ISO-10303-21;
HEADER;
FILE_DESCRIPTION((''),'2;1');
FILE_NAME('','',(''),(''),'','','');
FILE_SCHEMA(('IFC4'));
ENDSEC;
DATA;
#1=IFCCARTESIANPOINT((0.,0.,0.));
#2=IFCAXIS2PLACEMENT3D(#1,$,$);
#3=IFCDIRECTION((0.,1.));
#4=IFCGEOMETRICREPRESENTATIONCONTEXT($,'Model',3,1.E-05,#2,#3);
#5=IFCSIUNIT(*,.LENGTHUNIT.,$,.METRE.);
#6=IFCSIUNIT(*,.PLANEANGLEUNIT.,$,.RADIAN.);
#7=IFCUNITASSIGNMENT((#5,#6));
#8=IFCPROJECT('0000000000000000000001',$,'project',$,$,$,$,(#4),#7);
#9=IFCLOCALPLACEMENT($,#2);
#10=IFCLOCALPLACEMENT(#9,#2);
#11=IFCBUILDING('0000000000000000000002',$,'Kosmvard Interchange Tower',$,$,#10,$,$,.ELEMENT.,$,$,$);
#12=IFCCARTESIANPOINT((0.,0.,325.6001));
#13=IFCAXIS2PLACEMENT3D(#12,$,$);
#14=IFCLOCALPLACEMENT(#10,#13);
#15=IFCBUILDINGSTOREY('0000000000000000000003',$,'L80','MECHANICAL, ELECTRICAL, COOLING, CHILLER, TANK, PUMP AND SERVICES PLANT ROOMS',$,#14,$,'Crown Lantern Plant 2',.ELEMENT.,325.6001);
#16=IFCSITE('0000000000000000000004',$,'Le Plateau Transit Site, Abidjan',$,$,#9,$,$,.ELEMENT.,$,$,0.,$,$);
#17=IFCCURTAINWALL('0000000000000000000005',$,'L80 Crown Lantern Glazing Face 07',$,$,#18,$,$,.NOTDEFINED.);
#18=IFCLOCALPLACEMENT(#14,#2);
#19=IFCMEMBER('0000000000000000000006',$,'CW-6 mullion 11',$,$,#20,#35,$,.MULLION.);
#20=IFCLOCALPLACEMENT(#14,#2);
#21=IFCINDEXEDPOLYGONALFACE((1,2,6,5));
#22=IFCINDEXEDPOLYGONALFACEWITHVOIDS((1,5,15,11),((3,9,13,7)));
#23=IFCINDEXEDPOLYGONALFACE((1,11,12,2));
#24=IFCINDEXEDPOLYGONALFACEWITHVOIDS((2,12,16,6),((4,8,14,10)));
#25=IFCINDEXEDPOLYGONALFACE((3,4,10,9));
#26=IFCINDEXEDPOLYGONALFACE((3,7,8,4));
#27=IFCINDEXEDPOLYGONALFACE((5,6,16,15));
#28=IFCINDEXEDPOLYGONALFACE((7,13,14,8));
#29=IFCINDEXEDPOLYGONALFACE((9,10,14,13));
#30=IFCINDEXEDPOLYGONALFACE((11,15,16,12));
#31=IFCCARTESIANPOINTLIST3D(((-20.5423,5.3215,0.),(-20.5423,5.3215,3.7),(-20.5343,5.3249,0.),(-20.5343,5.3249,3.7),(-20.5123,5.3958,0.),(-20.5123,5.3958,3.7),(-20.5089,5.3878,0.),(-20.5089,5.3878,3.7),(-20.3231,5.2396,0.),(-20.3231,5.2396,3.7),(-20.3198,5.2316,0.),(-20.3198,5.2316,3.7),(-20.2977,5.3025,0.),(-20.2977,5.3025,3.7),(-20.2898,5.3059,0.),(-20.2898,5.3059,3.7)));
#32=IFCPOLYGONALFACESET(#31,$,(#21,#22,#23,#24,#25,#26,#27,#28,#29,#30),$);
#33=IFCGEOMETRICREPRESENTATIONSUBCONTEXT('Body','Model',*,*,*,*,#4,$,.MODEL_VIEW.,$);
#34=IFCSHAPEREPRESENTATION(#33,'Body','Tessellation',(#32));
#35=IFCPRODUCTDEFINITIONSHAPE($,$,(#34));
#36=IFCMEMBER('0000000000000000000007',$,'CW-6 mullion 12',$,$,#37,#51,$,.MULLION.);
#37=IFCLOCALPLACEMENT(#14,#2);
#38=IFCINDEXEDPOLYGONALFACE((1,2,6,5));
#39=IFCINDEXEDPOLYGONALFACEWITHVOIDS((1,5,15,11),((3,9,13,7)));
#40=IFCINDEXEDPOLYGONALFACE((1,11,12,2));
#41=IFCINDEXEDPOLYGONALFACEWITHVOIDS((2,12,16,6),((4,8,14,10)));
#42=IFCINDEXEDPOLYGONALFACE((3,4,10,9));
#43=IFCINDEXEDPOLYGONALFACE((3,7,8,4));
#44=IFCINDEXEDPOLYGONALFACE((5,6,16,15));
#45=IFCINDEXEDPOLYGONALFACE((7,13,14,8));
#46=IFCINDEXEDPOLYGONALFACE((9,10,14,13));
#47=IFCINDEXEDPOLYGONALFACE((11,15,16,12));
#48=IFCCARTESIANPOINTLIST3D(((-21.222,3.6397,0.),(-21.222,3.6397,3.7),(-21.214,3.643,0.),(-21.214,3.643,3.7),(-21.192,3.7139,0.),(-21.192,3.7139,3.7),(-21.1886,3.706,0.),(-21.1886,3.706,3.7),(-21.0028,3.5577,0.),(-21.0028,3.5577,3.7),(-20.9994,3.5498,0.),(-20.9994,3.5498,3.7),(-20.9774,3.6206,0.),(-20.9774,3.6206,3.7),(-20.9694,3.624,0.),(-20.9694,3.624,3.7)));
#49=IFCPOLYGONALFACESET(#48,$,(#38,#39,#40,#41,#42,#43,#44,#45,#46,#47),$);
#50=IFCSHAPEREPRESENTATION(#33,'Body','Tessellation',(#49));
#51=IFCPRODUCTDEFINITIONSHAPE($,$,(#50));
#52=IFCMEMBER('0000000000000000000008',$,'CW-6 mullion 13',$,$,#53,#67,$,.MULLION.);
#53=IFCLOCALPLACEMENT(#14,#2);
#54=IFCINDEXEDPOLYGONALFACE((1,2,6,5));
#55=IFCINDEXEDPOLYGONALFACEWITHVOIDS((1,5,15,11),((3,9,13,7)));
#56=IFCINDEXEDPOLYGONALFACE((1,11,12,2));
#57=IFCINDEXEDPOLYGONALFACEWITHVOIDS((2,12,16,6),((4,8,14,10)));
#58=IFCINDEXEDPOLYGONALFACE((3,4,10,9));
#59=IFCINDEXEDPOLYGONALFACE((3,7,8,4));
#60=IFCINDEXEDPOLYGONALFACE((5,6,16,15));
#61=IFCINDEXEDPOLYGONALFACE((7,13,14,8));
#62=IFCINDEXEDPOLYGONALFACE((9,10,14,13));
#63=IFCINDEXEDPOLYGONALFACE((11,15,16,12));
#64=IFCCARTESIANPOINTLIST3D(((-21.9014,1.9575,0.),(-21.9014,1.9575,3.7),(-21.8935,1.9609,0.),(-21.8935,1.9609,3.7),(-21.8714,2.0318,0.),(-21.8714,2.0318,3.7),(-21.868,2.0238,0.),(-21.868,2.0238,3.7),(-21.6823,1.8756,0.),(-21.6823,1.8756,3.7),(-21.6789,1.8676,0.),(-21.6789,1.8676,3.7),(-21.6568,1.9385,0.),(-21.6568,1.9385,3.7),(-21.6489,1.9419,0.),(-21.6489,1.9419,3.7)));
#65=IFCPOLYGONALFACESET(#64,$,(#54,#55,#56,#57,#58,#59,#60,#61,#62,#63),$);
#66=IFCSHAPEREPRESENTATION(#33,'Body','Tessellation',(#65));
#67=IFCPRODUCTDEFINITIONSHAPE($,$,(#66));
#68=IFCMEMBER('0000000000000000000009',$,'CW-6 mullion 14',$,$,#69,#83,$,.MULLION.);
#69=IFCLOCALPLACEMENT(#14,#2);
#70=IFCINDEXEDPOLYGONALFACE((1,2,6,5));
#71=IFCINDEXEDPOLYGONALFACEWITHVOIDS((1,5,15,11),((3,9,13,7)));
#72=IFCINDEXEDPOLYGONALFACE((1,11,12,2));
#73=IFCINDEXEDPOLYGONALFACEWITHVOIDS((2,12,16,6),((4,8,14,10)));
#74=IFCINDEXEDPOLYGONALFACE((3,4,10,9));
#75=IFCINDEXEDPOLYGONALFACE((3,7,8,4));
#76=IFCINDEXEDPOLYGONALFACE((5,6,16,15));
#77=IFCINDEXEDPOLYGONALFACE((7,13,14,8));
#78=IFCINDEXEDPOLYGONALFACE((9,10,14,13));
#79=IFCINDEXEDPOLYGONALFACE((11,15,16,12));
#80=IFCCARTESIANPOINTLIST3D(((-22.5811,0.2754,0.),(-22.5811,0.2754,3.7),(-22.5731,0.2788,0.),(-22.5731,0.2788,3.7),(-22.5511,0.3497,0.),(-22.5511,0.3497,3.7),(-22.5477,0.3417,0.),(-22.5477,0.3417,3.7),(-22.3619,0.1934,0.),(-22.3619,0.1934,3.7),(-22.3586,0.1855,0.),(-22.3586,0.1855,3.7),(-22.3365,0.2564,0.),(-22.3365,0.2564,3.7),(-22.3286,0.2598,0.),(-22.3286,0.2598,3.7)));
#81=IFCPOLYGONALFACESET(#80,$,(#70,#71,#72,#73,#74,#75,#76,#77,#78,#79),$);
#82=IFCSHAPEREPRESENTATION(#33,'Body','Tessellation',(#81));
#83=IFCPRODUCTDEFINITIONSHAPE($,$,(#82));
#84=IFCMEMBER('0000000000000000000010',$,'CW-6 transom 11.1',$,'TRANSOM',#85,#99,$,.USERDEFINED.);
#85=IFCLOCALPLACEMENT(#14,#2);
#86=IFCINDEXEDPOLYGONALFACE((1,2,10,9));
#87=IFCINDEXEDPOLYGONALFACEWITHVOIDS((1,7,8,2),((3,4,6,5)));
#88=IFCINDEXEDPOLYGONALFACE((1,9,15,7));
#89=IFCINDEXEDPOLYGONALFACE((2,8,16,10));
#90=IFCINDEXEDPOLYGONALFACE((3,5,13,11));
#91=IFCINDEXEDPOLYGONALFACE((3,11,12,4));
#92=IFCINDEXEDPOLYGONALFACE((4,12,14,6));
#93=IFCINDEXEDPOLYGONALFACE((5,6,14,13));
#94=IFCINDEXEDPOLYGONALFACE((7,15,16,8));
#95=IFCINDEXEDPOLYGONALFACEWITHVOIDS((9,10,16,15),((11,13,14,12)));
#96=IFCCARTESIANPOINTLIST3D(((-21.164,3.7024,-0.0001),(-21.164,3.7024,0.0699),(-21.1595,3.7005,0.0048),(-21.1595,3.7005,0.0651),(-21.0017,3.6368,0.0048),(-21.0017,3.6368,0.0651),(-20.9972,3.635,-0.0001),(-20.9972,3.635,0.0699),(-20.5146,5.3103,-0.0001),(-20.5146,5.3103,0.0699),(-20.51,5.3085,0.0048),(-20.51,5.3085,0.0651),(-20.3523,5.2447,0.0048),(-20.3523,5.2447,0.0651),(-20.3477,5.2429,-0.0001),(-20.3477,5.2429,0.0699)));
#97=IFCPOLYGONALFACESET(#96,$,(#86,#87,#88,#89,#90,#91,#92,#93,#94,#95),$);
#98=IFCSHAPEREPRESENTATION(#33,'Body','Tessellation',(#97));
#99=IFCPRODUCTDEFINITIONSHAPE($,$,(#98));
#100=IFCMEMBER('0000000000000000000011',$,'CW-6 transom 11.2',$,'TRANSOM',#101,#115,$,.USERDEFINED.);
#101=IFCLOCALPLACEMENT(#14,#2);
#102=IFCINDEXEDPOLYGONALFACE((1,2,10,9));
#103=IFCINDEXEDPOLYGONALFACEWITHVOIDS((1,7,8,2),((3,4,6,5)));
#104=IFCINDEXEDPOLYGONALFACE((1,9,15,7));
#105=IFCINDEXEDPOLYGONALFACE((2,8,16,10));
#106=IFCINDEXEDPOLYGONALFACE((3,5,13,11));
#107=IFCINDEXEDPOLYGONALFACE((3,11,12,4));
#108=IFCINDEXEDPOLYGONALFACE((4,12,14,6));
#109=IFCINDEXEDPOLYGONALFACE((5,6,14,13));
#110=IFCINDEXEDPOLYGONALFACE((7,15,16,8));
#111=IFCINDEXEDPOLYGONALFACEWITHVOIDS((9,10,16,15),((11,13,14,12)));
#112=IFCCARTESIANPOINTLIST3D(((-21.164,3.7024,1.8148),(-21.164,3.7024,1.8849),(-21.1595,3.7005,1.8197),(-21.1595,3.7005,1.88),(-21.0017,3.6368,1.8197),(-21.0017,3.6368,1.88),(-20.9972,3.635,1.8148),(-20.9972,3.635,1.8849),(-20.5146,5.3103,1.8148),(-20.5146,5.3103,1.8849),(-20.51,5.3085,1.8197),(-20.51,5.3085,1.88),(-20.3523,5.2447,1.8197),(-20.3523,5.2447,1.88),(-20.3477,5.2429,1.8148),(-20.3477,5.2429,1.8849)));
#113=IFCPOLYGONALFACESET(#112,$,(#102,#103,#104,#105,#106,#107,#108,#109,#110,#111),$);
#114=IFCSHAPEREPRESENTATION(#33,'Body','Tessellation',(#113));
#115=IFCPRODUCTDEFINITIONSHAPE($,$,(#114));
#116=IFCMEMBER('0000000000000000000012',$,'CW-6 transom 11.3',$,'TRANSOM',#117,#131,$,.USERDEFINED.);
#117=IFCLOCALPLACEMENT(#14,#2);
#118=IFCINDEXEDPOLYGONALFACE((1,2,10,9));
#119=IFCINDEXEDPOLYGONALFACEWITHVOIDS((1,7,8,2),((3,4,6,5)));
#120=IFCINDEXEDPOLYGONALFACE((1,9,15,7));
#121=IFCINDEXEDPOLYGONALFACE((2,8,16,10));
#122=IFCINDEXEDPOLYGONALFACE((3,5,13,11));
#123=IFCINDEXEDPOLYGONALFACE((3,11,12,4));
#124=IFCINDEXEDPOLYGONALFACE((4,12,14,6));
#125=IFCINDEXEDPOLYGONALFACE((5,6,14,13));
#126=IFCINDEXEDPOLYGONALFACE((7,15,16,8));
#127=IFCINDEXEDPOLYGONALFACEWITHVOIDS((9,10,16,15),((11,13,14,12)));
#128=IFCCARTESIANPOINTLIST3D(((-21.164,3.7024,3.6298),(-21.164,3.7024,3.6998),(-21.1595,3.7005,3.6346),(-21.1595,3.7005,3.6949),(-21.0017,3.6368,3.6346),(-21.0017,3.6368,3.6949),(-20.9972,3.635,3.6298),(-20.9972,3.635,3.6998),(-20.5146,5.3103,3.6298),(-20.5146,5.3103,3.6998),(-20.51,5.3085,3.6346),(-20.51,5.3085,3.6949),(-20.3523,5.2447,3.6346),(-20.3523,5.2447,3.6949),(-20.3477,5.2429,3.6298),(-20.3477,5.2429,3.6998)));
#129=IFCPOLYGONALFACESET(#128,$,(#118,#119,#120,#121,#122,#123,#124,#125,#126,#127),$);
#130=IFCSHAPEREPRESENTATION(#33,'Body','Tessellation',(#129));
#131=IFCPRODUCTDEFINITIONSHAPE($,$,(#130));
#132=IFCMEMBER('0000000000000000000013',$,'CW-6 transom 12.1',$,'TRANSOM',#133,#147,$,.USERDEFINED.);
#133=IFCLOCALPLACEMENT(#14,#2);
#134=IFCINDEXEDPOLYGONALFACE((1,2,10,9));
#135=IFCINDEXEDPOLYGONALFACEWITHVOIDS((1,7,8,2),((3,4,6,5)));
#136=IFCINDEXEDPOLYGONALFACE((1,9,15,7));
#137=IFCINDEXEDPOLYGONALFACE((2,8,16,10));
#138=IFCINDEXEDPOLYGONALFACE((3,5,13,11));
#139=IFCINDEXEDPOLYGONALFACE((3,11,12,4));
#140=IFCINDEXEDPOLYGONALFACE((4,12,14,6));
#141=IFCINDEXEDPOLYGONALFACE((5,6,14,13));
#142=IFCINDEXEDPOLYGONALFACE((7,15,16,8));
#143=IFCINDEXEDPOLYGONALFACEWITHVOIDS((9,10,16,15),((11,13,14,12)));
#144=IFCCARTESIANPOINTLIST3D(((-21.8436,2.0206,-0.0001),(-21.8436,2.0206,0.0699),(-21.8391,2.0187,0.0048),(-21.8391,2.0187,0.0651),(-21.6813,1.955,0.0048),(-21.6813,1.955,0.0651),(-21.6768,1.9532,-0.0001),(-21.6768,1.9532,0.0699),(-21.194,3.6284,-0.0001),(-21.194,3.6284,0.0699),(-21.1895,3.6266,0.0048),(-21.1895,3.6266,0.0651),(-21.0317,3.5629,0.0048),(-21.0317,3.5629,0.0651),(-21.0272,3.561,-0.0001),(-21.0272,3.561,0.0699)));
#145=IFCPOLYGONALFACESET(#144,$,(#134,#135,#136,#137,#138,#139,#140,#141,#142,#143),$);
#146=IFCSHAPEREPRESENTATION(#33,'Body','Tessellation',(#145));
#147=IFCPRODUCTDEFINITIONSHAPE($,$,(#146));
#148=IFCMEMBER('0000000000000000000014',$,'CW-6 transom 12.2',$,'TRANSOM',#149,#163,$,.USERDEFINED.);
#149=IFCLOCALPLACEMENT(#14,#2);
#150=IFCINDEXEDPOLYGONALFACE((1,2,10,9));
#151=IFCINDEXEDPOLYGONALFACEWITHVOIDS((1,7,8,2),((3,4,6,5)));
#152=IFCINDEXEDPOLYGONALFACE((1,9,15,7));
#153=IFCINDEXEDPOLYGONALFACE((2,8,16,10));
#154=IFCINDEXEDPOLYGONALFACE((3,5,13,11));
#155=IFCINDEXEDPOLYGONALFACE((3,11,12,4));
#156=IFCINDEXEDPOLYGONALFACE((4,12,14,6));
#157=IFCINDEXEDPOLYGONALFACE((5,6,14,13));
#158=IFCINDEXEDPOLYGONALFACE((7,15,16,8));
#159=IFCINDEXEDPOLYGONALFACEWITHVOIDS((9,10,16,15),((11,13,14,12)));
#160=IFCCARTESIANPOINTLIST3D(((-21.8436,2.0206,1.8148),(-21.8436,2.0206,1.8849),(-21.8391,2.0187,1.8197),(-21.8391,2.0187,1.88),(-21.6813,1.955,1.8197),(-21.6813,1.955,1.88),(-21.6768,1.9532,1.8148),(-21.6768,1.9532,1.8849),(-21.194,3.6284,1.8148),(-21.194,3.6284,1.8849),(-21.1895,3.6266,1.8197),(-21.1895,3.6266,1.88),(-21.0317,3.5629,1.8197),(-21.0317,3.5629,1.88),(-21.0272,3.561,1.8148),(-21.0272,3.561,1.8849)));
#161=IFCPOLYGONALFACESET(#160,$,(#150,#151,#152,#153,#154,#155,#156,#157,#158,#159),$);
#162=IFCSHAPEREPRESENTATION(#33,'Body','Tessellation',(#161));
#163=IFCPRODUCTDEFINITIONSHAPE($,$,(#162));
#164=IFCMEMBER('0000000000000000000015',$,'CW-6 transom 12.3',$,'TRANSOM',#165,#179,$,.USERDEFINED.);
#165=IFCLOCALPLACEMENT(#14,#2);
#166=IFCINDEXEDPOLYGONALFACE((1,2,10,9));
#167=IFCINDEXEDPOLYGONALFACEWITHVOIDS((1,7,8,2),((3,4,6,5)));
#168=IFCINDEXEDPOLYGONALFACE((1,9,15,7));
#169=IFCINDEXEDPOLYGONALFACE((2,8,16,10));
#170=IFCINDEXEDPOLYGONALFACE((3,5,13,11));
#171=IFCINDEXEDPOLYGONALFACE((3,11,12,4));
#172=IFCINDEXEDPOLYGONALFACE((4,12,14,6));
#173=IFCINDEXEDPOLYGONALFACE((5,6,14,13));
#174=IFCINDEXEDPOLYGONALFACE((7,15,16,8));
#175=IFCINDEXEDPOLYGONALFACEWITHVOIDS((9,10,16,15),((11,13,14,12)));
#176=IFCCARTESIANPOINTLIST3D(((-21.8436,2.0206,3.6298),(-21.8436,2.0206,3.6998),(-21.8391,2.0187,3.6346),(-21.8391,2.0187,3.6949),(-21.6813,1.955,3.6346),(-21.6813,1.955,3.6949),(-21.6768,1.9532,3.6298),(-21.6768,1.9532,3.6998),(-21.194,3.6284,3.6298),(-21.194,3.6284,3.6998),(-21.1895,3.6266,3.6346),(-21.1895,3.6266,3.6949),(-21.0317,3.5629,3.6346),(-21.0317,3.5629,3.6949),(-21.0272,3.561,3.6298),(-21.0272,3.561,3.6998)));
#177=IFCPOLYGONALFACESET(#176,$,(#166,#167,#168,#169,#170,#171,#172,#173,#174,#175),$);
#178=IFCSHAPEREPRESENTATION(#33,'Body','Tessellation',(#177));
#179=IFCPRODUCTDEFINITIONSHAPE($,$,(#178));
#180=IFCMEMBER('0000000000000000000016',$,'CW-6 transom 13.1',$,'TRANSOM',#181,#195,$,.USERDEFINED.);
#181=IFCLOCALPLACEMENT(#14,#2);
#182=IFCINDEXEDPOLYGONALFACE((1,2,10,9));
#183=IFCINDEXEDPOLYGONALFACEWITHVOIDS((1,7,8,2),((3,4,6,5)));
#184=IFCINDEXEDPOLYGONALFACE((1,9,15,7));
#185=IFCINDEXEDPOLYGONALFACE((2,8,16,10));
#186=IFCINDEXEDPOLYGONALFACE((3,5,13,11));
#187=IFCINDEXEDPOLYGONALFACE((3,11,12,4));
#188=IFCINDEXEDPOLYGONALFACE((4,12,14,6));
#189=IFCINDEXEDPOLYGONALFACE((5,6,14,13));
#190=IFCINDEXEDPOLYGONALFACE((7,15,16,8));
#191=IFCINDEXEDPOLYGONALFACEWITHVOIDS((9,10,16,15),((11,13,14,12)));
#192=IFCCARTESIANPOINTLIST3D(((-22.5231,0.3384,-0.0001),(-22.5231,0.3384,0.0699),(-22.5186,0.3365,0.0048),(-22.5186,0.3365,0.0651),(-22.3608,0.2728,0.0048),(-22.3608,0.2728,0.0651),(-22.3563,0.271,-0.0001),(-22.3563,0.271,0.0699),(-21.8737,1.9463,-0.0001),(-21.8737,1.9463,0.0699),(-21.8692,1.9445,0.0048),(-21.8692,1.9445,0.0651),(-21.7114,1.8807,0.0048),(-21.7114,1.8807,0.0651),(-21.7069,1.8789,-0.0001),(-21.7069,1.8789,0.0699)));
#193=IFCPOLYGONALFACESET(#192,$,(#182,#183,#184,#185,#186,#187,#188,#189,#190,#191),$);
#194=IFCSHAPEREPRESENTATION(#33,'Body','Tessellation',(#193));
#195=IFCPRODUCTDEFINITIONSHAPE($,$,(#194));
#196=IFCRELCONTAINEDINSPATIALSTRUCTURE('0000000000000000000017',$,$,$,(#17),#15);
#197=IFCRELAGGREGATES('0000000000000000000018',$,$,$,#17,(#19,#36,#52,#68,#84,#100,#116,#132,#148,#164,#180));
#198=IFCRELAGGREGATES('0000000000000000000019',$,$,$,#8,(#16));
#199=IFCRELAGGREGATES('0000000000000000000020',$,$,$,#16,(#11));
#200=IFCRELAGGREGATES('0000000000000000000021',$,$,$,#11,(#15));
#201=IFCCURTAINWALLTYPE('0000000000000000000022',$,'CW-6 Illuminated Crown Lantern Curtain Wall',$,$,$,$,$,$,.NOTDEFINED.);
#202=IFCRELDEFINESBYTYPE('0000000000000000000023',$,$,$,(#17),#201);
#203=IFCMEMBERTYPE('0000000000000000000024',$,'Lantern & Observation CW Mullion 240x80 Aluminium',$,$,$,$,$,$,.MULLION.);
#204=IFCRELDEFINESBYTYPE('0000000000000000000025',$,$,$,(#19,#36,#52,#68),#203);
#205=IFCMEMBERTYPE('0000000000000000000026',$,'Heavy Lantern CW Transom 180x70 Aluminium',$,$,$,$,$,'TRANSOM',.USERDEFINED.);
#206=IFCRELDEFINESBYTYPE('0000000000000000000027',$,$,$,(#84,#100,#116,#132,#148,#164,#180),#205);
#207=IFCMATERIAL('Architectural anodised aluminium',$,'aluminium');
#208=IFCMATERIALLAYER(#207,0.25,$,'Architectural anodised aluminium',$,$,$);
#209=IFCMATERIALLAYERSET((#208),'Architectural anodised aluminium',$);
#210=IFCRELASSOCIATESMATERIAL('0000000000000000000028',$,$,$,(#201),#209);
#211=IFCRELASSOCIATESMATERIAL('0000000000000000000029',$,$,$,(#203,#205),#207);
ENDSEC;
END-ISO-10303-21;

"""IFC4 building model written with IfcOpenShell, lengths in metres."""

from ifc_helpers import new_model, si_unit, direction, frame, origin, origin_2d, place, context, subcontext, project, spatial, hollow_rectangle, extrude, source, transform, mapped, material, layer, layer_set, material_profile, profile_set, type_object, element, aggregate, save


model = new_model("IFC4")

# Units and contexts
model_context = context("Model", 3, precision=1e-05, world=origin(), true_north=direction((0.0, 1.0)))
body_context = subcontext(model_context, "Body", "Model", "MODEL_VIEW")
ifc_project = project(units=[si_unit("LENGTHUNIT", "METRE"), si_unit("PLANEANGLEUNIT", "RADIAN")], contexts=[model_context])

# Site, building, storey
site_placement = place(None, origin())
site = spatial("IfcSite", under=ifc_project, at=site_placement, Name="Le Plateau Transit Site, Abidjan", CompositionType="ELEMENT", RefElevation=0.0)
building_placement = place(site_placement, origin())
building = spatial("IfcBuilding", under=site, at=building_placement, Name="Kosmvard Interchange Tower", CompositionType="ELEMENT")
storey_placement = place(building_placement, frame((0.0, 0.0, 325.6001)))
storey = spatial("IfcBuildingStorey", under=building, at=storey_placement, Name="L80", Description="MECHANICAL, ELECTRICAL, COOLING, CHILLER, TANK, PUMP AND SERVICES PLANT ROOMS", LongName="Crown Lantern Plant 2", CompositionType="ELEMENT", Elevation=325.6001)

# Curtain wall, members
ifc_material_1 = material(Name="Architectural anodised aluminium", Category="aluminium")
ifc_layer_1 = layer(ifc_material_1, 0.25, Name="Architectural anodised aluminium")
ifc_layer_set_1 = layer_set([ifc_layer_1], Name="Architectural anodised aluminium")
curtain_wall_type = type_object("IfcCurtainWallType", Name="CW-6 Illuminated Crown Lantern Curtain Wall", PredefinedType="NOTDEFINED", material=ifc_layer_set_1)
curtain_wall_placement = place(storey_placement, origin())
curtain_wall = element("IfcCurtainWall", 1, at=curtain_wall_placement, inside=storey, type_object=curtain_wall_type, Name="L80 Crown Lantern Glazing Face 07", PredefinedType="NOTDEFINED")
ifc_material_profile_1 = material_profile(ifc_material_1, hollow_rectangle(XDim=0.24, YDim=0.0801, WallThickness=0.0061, at=origin_2d()), Name="CWM 240x80x6")
ifc_profile_set_1 = profile_set([ifc_material_profile_1], Name="Architectural anodised aluminium")
member_type_1 = type_object("IfcMemberType", Name="Lantern & Observation CW Mullion 240x80 Aluminium", PredefinedType="MULLION", material=ifc_profile_set_1)
shared_shape_1 = source(origin(), body_context, "Body", "SweptSolid", [
    extrude(hollow_rectangle(XDim=0.24, YDim=0.0801, WallThickness=0.0061, at=origin_2d()), origin(), (0.0, 0.0, 1.0), 3.7),
])
member_1_placement = place(storey_placement, frame((-20.416, 5.3137, 0.0), z_axis=(0.0, 0.0, 1.0), x_axis=(0.927184, -0.374607, 0.0)))
member_1 = element("IfcMember", 2, at=member_1_placement, type_object=member_type_1, Name="CW-6 mullion 11", PredefinedType="MULLION", context=body_context, shape_type="MappedRepresentation", body=[
    mapped(shared_shape_1, transform((0.0, 0.0, 0.0), scale=1.0)),
])
member_2_placement = place(storey_placement, frame((-21.0957, 3.6318, 0.0), z_axis=(0.0, 0.0, 1.0), x_axis=(0.927184, -0.374607, 0.0)))
member_2 = element("IfcMember", 3, at=member_2_placement, type_object=member_type_1, Name="CW-6 mullion 12", PredefinedType="MULLION", context=body_context, shape_type="MappedRepresentation", body=[
    mapped(shared_shape_1, transform((0.0, 0.0, 0.0), scale=1.0)),
])
member_3_placement = place(storey_placement, frame((-21.7751, 1.9497, 0.0), z_axis=(0.0, 0.0, 1.0), x_axis=(0.927184, -0.374607, 0.0)))
member_3 = element("IfcMember", 4, at=member_3_placement, type_object=member_type_1, Name="CW-6 mullion 13", PredefinedType="MULLION", context=body_context, shape_type="MappedRepresentation", body=[
    mapped(shared_shape_1, transform((0.0, 0.0, 0.0), scale=1.0)),
])
member_4_placement = place(storey_placement, frame((-22.4548, 0.2676, 0.0), z_axis=(0.0, 0.0, 1.0), x_axis=(0.927184, -0.374607, 0.0)))
member_4 = element("IfcMember", 5, at=member_4_placement, type_object=member_type_1, Name="CW-6 mullion 14", PredefinedType="MULLION", context=body_context, shape_type="MappedRepresentation", body=[
    mapped(shared_shape_1, transform((0.0, 0.0, 0.0), scale=1.0)),
])
ifc_material_profile_2 = material_profile(ifc_material_1, hollow_rectangle(XDim=0.1799, YDim=0.0701, WallThickness=0.0049, at=origin_2d()), Name="CWT 180x70x5")
ifc_profile_set_2 = profile_set([ifc_material_profile_2], Name="Architectural anodised aluminium")
member_type_2 = type_object("IfcMemberType", Name="Heavy Lantern CW Transom 180x70 Aluminium", ElementType="TRANSOM", PredefinedType="USERDEFINED", material=ifc_profile_set_2)
shared_shape_2 = source(origin(), body_context, "Body", "SweptSolid", [
    extrude(hollow_rectangle(XDim=0.1799, YDim=0.0701, WallThickness=0.0049, at=origin_2d()), origin(), (0.0, 0.0, 1.0), 1.7341),
])
member_5_placement = place(storey_placement, frame((-20.4312, 5.2766, 0.0349), z_axis=(-0.374496, -0.927229, 0.0), x_axis=(0.927229, -0.374496, 0.0)))
member_5 = element("IfcMember", 6, at=member_5_placement, type_object=member_type_2, Name="CW-6 transom 11.1", ObjectType="TRANSOM", PredefinedType="USERDEFINED", context=body_context, shape_type="MappedRepresentation", body=[
    mapped(shared_shape_2, transform((0.0, 0.0, 0.0), scale=1.0)),
])
member_6_placement = place(storey_placement, frame((-20.4312, 5.2766, 1.8499), z_axis=(-0.374496, -0.927229, 0.0), x_axis=(0.927229, -0.374496, 0.0)))
member_6 = element("IfcMember", 7, at=member_6_placement, type_object=member_type_2, Name="CW-6 transom 11.2", ObjectType="TRANSOM", PredefinedType="USERDEFINED", context=body_context, shape_type="MappedRepresentation", body=[
    mapped(shared_shape_2, transform((0.0, 0.0, 0.0), scale=1.0)),
])
member_7_placement = place(storey_placement, frame((-20.4312, 5.2766, 3.6648), z_axis=(-0.374496, -0.927229, 0.0), x_axis=(0.927229, -0.374496, 0.0)))
member_7 = element("IfcMember", 8, at=member_7_placement, type_object=member_type_2, Name="CW-6 transom 11.3", ObjectType="TRANSOM", PredefinedType="USERDEFINED", context=body_context, shape_type="MappedRepresentation", body=[
    mapped(shared_shape_2, transform((0.0, 0.0, 0.0), scale=1.0)),
])
member_8_placement = place(storey_placement, frame((-21.1106, 3.5947, 0.0349), z_axis=(-0.374617, -0.92718, 0.0), x_axis=(0.92718, -0.374617, 0.0)))
member_8 = element("IfcMember", 9, at=member_8_placement, type_object=member_type_2, Name="CW-6 transom 12.1", ObjectType="TRANSOM", PredefinedType="USERDEFINED", context=body_context, shape_type="MappedRepresentation", body=[
    mapped(shared_shape_2, transform((0.0, 0.0, 0.0), scale=1.0)),
])
member_9_placement = place(storey_placement, frame((-21.1106, 3.5947, 1.8499), z_axis=(-0.374617, -0.92718, 0.0), x_axis=(0.92718, -0.374617, 0.0)))
member_9 = element("IfcMember", 10, at=member_9_placement, type_object=member_type_2, Name="CW-6 transom 12.2", ObjectType="TRANSOM", PredefinedType="USERDEFINED", context=body_context, shape_type="MappedRepresentation", body=[
    mapped(shared_shape_2, transform((0.0, 0.0, 0.0), scale=1.0)),
])
member_10_placement = place(storey_placement, frame((-21.1106, 3.5947, 3.6648), z_axis=(-0.374617, -0.92718, 0.0), x_axis=(0.92718, -0.374617, 0.0)))
member_10 = element("IfcMember", 11, at=member_10_placement, type_object=member_type_2, Name="CW-6 transom 12.3", ObjectType="TRANSOM", PredefinedType="USERDEFINED", context=body_context, shape_type="MappedRepresentation", body=[
    mapped(shared_shape_2, transform((0.0, 0.0, 0.0), scale=1.0)),
])
member_11_placement = place(storey_placement, frame((-21.7903, 1.9126, 0.0349), z_axis=(-0.374496, -0.927229, 0.0), x_axis=(0.927229, -0.374496, 0.0)))
member_11 = element("IfcMember", 12, at=member_11_placement, type_object=member_type_2, Name="CW-6 transom 13.1", ObjectType="TRANSOM", PredefinedType="USERDEFINED", context=body_context, shape_type="MappedRepresentation", body=[
    mapped(shared_shape_2, transform((0.0, 0.0, 0.0), scale=1.0)),
])
aggregate(curtain_wall, [member_1, member_2, member_3, member_4, member_5, member_6, member_7, member_8, member_9, member_10, member_11])

save(model, "model.ifc")
